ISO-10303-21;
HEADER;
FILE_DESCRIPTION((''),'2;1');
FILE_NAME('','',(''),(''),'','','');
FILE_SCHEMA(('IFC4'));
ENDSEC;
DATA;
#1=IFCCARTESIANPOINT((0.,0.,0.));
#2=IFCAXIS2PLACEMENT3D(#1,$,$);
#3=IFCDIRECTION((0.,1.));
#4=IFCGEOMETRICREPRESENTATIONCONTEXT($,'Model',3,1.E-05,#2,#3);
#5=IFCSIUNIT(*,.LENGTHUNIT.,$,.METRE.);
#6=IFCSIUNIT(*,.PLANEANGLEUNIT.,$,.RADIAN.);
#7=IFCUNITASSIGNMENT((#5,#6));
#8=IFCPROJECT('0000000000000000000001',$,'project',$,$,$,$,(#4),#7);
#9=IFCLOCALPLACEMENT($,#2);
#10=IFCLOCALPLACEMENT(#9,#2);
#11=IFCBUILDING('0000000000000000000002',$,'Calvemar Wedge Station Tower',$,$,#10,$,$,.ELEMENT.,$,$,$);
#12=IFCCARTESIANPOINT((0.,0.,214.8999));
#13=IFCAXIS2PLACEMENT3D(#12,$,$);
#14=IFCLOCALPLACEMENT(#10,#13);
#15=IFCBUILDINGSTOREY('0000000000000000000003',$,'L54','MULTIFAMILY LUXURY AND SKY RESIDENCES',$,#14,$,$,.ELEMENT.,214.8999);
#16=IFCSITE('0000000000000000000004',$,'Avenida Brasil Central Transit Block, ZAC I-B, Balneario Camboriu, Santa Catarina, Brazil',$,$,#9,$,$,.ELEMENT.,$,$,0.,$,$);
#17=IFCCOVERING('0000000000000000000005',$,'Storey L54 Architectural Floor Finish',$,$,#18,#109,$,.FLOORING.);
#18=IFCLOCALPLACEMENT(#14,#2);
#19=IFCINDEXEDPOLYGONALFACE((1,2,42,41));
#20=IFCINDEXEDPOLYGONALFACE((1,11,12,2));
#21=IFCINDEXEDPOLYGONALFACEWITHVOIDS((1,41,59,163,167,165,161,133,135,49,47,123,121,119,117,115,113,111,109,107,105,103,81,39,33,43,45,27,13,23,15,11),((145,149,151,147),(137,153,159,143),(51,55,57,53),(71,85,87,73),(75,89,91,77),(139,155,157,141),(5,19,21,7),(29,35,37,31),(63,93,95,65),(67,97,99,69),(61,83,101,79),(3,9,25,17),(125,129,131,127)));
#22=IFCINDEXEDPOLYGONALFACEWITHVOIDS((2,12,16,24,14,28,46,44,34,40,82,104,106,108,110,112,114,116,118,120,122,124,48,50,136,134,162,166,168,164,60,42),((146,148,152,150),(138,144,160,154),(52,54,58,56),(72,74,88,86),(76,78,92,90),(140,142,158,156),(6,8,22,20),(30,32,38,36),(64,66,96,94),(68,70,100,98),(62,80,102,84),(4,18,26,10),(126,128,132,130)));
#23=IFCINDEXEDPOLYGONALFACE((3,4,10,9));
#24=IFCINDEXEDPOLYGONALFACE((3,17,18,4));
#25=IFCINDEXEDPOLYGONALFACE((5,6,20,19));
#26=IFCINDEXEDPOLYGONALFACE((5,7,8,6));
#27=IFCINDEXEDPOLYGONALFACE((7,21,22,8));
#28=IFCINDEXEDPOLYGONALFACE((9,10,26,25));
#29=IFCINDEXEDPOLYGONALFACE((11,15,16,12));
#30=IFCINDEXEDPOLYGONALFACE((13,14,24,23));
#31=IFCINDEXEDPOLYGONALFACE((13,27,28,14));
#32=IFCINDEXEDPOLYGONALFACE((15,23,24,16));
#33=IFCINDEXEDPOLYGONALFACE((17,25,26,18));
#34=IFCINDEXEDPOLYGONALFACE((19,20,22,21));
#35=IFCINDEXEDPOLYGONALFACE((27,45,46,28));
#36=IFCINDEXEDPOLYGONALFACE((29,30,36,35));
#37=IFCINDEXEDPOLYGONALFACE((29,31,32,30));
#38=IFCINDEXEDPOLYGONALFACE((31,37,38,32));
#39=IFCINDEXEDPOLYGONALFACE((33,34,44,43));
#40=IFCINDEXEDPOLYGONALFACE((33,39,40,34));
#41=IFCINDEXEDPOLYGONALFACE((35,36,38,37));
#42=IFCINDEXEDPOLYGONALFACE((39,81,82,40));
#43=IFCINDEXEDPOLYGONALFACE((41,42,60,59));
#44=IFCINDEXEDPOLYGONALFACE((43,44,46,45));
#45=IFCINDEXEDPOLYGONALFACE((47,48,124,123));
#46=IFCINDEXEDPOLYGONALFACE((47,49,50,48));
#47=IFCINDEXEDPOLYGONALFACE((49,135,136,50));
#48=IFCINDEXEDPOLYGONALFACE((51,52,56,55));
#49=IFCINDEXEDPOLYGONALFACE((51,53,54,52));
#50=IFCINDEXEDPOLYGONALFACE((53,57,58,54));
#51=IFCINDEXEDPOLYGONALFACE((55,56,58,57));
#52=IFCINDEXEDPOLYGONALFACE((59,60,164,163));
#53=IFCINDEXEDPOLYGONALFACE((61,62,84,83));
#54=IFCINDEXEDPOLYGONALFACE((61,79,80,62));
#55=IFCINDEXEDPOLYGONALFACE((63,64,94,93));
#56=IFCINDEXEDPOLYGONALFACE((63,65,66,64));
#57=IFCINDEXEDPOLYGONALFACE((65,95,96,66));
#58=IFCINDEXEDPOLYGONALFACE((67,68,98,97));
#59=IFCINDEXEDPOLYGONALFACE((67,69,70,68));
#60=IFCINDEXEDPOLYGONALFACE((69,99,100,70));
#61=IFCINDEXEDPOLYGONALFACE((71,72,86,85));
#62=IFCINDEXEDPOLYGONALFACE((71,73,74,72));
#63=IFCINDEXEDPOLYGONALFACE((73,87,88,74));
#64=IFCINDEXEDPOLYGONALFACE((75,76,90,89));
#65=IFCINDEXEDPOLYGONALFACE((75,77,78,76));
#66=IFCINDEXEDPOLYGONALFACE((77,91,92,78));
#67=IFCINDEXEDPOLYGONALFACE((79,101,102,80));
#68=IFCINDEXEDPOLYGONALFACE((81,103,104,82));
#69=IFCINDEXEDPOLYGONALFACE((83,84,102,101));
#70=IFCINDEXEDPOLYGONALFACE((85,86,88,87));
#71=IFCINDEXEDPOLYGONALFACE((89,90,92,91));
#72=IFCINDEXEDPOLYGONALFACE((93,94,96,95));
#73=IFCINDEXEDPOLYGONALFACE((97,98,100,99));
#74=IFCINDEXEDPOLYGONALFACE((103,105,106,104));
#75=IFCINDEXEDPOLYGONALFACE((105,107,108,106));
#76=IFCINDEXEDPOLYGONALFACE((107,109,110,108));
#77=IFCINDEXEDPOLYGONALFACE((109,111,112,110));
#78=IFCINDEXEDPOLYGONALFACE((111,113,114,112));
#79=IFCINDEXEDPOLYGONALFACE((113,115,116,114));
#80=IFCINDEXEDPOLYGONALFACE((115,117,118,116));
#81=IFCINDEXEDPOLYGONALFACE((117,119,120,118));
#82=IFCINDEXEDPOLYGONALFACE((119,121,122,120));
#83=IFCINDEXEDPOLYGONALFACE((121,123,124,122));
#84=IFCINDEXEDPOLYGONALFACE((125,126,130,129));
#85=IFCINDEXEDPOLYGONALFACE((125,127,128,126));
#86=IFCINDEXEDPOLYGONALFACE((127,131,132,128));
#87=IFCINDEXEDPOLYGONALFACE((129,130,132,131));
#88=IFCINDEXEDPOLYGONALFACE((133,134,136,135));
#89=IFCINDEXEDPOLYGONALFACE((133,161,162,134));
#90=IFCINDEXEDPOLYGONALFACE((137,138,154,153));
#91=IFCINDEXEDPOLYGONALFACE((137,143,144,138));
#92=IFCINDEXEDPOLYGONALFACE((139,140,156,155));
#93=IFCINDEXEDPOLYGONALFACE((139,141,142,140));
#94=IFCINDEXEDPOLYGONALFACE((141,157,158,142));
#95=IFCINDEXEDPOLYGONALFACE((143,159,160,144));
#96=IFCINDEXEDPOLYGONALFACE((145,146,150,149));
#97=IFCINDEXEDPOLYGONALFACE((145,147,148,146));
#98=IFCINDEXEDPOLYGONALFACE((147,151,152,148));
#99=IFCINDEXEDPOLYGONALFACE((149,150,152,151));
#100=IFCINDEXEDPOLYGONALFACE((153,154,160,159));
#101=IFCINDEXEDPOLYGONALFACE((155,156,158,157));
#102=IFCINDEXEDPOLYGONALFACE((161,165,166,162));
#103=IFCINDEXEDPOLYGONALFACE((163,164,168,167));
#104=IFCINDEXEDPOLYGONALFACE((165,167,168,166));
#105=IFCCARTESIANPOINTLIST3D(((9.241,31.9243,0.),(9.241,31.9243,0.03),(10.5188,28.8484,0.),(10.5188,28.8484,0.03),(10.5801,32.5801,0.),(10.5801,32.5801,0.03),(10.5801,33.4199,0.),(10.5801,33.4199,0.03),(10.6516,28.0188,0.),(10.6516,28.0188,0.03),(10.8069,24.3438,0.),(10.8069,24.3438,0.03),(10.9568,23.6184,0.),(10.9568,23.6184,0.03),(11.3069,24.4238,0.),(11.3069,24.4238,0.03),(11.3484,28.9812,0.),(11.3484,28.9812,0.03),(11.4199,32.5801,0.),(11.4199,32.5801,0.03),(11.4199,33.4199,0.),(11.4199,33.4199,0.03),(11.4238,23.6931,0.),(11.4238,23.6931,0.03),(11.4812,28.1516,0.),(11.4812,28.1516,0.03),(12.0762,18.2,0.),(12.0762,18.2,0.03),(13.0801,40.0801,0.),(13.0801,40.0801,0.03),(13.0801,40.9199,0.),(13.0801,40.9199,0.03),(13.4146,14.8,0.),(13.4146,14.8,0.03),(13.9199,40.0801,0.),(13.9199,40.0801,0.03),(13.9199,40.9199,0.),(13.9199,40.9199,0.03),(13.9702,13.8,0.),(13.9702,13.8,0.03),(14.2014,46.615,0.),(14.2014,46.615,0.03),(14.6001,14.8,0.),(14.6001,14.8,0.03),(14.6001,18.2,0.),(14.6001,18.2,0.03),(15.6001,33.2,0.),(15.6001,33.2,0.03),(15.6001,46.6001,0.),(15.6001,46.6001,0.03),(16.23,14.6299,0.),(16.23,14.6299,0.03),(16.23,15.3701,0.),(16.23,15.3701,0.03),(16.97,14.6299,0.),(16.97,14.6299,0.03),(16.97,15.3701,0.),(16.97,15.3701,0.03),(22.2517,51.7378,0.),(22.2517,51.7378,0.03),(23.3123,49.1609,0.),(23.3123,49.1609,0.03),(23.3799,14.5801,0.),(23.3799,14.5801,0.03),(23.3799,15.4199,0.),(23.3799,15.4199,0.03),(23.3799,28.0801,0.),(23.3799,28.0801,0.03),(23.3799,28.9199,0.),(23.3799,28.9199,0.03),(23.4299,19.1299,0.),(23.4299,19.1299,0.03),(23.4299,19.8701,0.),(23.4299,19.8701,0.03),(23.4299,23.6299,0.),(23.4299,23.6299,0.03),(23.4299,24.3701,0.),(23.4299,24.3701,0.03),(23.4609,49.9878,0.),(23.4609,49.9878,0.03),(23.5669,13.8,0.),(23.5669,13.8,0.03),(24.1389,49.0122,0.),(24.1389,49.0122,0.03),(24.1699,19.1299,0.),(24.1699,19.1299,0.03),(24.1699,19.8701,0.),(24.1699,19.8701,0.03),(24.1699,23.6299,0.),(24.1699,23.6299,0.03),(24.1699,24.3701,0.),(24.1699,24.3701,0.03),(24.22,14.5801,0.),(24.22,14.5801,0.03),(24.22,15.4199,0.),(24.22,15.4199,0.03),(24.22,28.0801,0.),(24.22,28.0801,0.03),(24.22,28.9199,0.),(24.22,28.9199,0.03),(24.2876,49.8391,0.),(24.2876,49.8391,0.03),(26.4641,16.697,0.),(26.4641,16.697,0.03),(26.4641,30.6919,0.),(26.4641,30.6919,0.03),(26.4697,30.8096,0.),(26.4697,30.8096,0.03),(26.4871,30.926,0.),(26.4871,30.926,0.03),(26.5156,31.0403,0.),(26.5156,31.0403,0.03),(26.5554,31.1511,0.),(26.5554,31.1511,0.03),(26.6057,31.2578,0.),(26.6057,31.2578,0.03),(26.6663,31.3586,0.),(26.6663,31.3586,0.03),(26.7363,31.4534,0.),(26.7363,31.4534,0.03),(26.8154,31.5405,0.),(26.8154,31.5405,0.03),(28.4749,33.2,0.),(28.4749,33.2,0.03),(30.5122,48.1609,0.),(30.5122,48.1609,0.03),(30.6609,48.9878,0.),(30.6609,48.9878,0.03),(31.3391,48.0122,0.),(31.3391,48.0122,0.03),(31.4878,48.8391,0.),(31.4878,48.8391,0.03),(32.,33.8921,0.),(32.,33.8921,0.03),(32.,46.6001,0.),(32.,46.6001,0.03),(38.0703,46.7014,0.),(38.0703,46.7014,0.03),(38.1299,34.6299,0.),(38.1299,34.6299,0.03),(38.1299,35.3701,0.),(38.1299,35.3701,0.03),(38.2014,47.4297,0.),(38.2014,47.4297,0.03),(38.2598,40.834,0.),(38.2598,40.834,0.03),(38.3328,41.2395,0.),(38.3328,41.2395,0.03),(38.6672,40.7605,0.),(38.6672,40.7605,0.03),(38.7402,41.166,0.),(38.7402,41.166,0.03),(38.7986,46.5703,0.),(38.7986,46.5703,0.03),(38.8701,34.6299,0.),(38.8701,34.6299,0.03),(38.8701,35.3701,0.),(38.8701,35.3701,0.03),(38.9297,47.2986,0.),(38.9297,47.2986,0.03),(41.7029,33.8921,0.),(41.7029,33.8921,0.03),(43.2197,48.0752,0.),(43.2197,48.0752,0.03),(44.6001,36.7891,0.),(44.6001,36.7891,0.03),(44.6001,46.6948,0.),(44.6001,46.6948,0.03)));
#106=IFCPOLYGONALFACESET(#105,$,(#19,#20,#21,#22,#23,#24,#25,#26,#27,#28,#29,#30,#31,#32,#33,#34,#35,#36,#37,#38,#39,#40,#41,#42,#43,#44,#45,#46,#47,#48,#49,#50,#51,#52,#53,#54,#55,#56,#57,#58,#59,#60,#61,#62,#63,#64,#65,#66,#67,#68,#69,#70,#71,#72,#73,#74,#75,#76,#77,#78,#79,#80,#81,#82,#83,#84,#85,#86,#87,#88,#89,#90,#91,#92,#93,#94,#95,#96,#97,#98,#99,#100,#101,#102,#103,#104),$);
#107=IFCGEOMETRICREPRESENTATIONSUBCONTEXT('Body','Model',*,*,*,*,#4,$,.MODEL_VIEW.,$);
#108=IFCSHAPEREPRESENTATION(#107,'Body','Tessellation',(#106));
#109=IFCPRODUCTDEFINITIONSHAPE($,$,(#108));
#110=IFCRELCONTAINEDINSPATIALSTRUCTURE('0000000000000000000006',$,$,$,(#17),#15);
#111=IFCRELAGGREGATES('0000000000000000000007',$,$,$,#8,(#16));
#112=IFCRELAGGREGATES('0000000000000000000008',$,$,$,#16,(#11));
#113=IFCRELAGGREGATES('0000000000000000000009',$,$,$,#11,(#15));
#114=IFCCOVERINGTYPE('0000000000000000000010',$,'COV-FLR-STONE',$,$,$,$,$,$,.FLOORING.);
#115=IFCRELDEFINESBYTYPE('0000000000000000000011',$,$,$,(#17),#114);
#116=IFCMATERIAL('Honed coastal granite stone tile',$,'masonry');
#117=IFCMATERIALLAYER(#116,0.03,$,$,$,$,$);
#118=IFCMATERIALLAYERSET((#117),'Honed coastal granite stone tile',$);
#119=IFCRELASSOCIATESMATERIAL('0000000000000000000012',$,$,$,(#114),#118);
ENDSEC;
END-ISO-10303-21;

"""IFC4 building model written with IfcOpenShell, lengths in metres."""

from ifc_helpers import new_model, si_unit, direction, frame, origin, place, context, subcontext, project, spatial, polyline, outline, extrude, material, layer, layer_set, type_object, element, save


model = new_model("IFC4")

# Units and contexts
model_context = context("Model", 3, precision=1e-05, world=origin(), true_north=direction((0.0, 1.0)))
body_context = subcontext(model_context, "Body", "Model", "MODEL_VIEW")
ifc_project = project(units=[si_unit("LENGTHUNIT", "METRE"), si_unit("PLANEANGLEUNIT", "RADIAN")], contexts=[model_context])

# Site, building, storey
site_placement = place(None, origin())
site = spatial("IfcSite", under=ifc_project, at=site_placement, Name="Avenida Brasil Central Transit Block, ZAC I-B, Balneario Camboriu, Santa Catarina, Brazil", CompositionType="ELEMENT", RefElevation=0.0)
building_placement = place(site_placement, origin())
building = spatial("IfcBuilding", under=site, at=building_placement, Name="Calvemar Wedge Station Tower", CompositionType="ELEMENT")
storey_placement = place(building_placement, frame((0.0, 0.0, 214.8999)))
storey = spatial("IfcBuildingStorey", under=building, at=storey_placement, Name="L54", Description="MULTIFAMILY LUXURY AND SKY RESIDENCES", CompositionType="ELEMENT", Elevation=214.8999)

# Covering
ifc_material_1 = material(Name="Honed coastal granite stone tile", Category="masonry")
ifc_layer_1 = layer(ifc_material_1, 0.03)
ifc_layer_set_1 = layer_set([ifc_layer_1], Name="Honed coastal granite stone tile")
covering_type_1 = type_object("IfcCoveringType", Name="COV-FLR-STONE", PredefinedType="FLOORING", material=ifc_layer_set_1)
covering_1_placement = place(storey_placement, origin())
element("IfcCovering", 1, at=covering_1_placement, inside=storey, type_object=covering_type_1, Name="Storey L54 Architectural Floor Finish", PredefinedType="FLOORING", context=body_context, shape_type="SweptSolid", body=[
    extrude(outline(polyline([(26.6663, 31.3586), (26.7363, 31.4534), (26.8154, 31.5405), (28.4749, 33.2), (15.6001, 33.2), (15.6001, 46.6001), (32.0, 46.6001), (32.0, 33.8921), (41.7029, 33.8921), (44.6001, 36.7891), (44.6001, 46.6948), (43.2197, 48.0752), (22.2517, 51.7378), (14.2014, 46.615), (9.241, 31.9243), (10.8069, 24.3438), (11.3069, 24.4238), (11.4238, 23.6931), (10.9568, 23.6184), (12.0762, 18.2), (14.6001, 18.2), (14.6001, 14.8), (13.4146, 14.8), (13.9702, 13.8), (23.5669, 13.8), (26.4641, 16.697), (26.4641, 30.6919), (26.4697, 30.8096), (26.4871, 30.926), (26.5156, 31.0403), (26.5554, 31.1511), (26.6057, 31.2578), (26.6663, 31.3586)]), holes=[polyline([(11.4199, 33.4199), (11.4199, 32.5801), (10.5801, 32.5801), (10.5801, 33.4199), (11.4199, 33.4199)]), polyline([(13.9199, 40.0801), (13.0801, 40.0801), (13.0801, 40.9199), (13.9199, 40.9199), (13.9199, 40.0801)]), polyline([(23.3123, 49.1609), (23.4609, 49.9878), (24.2876, 49.8391), (24.1389, 49.0122), (23.3123, 49.1609)]), polyline([(30.6609, 48.9878), (31.4878, 48.8391), (31.3391, 48.0122), (30.5122, 48.1609), (30.6609, 48.9878)]), polyline([(38.9297, 47.2986), (38.7986, 46.5703), (38.0703, 46.7014), (38.2014, 47.4297), (38.9297, 47.2986)]), polyline([(38.8701, 34.6299), (38.1299, 34.6299), (38.1299, 35.3701), (38.8701, 35.3701), (38.8701, 34.6299)]), polyline([(38.2598, 40.834), (38.3328, 41.2395), (38.7402, 41.166), (38.6672, 40.7605), (38.2598, 40.834)]), polyline([(11.3484, 28.9812), (11.4812, 28.1516), (10.6516, 28.0188), (10.5188, 28.8484), (11.3484, 28.9812)]), polyline([(24.22, 28.0801), (23.3799, 28.0801), (23.3799, 28.9199), (24.22, 28.9199), (24.22, 28.0801)]), polyline([(23.4299, 23.6299), (23.4299, 24.3701), (24.1699, 24.3701), (24.1699, 23.6299), (23.4299, 23.6299)]), polyline([(23.4299, 19.8701), (24.1699, 19.8701), (24.1699, 19.1299), (23.4299, 19.1299), (23.4299, 19.8701)]), polyline([(24.22, 15.4199), (24.22, 14.5801), (23.3799, 14.5801), (23.3799, 15.4199), (24.22, 15.4199)]), polyline([(16.97, 14.6299), (16.23, 14.6299), (16.23, 15.3701), (16.97, 15.3701), (16.97, 14.6299)])]), origin(), (0.0, 0.0, 1.0), 0.03),
])

save(model, "model.ifc")
